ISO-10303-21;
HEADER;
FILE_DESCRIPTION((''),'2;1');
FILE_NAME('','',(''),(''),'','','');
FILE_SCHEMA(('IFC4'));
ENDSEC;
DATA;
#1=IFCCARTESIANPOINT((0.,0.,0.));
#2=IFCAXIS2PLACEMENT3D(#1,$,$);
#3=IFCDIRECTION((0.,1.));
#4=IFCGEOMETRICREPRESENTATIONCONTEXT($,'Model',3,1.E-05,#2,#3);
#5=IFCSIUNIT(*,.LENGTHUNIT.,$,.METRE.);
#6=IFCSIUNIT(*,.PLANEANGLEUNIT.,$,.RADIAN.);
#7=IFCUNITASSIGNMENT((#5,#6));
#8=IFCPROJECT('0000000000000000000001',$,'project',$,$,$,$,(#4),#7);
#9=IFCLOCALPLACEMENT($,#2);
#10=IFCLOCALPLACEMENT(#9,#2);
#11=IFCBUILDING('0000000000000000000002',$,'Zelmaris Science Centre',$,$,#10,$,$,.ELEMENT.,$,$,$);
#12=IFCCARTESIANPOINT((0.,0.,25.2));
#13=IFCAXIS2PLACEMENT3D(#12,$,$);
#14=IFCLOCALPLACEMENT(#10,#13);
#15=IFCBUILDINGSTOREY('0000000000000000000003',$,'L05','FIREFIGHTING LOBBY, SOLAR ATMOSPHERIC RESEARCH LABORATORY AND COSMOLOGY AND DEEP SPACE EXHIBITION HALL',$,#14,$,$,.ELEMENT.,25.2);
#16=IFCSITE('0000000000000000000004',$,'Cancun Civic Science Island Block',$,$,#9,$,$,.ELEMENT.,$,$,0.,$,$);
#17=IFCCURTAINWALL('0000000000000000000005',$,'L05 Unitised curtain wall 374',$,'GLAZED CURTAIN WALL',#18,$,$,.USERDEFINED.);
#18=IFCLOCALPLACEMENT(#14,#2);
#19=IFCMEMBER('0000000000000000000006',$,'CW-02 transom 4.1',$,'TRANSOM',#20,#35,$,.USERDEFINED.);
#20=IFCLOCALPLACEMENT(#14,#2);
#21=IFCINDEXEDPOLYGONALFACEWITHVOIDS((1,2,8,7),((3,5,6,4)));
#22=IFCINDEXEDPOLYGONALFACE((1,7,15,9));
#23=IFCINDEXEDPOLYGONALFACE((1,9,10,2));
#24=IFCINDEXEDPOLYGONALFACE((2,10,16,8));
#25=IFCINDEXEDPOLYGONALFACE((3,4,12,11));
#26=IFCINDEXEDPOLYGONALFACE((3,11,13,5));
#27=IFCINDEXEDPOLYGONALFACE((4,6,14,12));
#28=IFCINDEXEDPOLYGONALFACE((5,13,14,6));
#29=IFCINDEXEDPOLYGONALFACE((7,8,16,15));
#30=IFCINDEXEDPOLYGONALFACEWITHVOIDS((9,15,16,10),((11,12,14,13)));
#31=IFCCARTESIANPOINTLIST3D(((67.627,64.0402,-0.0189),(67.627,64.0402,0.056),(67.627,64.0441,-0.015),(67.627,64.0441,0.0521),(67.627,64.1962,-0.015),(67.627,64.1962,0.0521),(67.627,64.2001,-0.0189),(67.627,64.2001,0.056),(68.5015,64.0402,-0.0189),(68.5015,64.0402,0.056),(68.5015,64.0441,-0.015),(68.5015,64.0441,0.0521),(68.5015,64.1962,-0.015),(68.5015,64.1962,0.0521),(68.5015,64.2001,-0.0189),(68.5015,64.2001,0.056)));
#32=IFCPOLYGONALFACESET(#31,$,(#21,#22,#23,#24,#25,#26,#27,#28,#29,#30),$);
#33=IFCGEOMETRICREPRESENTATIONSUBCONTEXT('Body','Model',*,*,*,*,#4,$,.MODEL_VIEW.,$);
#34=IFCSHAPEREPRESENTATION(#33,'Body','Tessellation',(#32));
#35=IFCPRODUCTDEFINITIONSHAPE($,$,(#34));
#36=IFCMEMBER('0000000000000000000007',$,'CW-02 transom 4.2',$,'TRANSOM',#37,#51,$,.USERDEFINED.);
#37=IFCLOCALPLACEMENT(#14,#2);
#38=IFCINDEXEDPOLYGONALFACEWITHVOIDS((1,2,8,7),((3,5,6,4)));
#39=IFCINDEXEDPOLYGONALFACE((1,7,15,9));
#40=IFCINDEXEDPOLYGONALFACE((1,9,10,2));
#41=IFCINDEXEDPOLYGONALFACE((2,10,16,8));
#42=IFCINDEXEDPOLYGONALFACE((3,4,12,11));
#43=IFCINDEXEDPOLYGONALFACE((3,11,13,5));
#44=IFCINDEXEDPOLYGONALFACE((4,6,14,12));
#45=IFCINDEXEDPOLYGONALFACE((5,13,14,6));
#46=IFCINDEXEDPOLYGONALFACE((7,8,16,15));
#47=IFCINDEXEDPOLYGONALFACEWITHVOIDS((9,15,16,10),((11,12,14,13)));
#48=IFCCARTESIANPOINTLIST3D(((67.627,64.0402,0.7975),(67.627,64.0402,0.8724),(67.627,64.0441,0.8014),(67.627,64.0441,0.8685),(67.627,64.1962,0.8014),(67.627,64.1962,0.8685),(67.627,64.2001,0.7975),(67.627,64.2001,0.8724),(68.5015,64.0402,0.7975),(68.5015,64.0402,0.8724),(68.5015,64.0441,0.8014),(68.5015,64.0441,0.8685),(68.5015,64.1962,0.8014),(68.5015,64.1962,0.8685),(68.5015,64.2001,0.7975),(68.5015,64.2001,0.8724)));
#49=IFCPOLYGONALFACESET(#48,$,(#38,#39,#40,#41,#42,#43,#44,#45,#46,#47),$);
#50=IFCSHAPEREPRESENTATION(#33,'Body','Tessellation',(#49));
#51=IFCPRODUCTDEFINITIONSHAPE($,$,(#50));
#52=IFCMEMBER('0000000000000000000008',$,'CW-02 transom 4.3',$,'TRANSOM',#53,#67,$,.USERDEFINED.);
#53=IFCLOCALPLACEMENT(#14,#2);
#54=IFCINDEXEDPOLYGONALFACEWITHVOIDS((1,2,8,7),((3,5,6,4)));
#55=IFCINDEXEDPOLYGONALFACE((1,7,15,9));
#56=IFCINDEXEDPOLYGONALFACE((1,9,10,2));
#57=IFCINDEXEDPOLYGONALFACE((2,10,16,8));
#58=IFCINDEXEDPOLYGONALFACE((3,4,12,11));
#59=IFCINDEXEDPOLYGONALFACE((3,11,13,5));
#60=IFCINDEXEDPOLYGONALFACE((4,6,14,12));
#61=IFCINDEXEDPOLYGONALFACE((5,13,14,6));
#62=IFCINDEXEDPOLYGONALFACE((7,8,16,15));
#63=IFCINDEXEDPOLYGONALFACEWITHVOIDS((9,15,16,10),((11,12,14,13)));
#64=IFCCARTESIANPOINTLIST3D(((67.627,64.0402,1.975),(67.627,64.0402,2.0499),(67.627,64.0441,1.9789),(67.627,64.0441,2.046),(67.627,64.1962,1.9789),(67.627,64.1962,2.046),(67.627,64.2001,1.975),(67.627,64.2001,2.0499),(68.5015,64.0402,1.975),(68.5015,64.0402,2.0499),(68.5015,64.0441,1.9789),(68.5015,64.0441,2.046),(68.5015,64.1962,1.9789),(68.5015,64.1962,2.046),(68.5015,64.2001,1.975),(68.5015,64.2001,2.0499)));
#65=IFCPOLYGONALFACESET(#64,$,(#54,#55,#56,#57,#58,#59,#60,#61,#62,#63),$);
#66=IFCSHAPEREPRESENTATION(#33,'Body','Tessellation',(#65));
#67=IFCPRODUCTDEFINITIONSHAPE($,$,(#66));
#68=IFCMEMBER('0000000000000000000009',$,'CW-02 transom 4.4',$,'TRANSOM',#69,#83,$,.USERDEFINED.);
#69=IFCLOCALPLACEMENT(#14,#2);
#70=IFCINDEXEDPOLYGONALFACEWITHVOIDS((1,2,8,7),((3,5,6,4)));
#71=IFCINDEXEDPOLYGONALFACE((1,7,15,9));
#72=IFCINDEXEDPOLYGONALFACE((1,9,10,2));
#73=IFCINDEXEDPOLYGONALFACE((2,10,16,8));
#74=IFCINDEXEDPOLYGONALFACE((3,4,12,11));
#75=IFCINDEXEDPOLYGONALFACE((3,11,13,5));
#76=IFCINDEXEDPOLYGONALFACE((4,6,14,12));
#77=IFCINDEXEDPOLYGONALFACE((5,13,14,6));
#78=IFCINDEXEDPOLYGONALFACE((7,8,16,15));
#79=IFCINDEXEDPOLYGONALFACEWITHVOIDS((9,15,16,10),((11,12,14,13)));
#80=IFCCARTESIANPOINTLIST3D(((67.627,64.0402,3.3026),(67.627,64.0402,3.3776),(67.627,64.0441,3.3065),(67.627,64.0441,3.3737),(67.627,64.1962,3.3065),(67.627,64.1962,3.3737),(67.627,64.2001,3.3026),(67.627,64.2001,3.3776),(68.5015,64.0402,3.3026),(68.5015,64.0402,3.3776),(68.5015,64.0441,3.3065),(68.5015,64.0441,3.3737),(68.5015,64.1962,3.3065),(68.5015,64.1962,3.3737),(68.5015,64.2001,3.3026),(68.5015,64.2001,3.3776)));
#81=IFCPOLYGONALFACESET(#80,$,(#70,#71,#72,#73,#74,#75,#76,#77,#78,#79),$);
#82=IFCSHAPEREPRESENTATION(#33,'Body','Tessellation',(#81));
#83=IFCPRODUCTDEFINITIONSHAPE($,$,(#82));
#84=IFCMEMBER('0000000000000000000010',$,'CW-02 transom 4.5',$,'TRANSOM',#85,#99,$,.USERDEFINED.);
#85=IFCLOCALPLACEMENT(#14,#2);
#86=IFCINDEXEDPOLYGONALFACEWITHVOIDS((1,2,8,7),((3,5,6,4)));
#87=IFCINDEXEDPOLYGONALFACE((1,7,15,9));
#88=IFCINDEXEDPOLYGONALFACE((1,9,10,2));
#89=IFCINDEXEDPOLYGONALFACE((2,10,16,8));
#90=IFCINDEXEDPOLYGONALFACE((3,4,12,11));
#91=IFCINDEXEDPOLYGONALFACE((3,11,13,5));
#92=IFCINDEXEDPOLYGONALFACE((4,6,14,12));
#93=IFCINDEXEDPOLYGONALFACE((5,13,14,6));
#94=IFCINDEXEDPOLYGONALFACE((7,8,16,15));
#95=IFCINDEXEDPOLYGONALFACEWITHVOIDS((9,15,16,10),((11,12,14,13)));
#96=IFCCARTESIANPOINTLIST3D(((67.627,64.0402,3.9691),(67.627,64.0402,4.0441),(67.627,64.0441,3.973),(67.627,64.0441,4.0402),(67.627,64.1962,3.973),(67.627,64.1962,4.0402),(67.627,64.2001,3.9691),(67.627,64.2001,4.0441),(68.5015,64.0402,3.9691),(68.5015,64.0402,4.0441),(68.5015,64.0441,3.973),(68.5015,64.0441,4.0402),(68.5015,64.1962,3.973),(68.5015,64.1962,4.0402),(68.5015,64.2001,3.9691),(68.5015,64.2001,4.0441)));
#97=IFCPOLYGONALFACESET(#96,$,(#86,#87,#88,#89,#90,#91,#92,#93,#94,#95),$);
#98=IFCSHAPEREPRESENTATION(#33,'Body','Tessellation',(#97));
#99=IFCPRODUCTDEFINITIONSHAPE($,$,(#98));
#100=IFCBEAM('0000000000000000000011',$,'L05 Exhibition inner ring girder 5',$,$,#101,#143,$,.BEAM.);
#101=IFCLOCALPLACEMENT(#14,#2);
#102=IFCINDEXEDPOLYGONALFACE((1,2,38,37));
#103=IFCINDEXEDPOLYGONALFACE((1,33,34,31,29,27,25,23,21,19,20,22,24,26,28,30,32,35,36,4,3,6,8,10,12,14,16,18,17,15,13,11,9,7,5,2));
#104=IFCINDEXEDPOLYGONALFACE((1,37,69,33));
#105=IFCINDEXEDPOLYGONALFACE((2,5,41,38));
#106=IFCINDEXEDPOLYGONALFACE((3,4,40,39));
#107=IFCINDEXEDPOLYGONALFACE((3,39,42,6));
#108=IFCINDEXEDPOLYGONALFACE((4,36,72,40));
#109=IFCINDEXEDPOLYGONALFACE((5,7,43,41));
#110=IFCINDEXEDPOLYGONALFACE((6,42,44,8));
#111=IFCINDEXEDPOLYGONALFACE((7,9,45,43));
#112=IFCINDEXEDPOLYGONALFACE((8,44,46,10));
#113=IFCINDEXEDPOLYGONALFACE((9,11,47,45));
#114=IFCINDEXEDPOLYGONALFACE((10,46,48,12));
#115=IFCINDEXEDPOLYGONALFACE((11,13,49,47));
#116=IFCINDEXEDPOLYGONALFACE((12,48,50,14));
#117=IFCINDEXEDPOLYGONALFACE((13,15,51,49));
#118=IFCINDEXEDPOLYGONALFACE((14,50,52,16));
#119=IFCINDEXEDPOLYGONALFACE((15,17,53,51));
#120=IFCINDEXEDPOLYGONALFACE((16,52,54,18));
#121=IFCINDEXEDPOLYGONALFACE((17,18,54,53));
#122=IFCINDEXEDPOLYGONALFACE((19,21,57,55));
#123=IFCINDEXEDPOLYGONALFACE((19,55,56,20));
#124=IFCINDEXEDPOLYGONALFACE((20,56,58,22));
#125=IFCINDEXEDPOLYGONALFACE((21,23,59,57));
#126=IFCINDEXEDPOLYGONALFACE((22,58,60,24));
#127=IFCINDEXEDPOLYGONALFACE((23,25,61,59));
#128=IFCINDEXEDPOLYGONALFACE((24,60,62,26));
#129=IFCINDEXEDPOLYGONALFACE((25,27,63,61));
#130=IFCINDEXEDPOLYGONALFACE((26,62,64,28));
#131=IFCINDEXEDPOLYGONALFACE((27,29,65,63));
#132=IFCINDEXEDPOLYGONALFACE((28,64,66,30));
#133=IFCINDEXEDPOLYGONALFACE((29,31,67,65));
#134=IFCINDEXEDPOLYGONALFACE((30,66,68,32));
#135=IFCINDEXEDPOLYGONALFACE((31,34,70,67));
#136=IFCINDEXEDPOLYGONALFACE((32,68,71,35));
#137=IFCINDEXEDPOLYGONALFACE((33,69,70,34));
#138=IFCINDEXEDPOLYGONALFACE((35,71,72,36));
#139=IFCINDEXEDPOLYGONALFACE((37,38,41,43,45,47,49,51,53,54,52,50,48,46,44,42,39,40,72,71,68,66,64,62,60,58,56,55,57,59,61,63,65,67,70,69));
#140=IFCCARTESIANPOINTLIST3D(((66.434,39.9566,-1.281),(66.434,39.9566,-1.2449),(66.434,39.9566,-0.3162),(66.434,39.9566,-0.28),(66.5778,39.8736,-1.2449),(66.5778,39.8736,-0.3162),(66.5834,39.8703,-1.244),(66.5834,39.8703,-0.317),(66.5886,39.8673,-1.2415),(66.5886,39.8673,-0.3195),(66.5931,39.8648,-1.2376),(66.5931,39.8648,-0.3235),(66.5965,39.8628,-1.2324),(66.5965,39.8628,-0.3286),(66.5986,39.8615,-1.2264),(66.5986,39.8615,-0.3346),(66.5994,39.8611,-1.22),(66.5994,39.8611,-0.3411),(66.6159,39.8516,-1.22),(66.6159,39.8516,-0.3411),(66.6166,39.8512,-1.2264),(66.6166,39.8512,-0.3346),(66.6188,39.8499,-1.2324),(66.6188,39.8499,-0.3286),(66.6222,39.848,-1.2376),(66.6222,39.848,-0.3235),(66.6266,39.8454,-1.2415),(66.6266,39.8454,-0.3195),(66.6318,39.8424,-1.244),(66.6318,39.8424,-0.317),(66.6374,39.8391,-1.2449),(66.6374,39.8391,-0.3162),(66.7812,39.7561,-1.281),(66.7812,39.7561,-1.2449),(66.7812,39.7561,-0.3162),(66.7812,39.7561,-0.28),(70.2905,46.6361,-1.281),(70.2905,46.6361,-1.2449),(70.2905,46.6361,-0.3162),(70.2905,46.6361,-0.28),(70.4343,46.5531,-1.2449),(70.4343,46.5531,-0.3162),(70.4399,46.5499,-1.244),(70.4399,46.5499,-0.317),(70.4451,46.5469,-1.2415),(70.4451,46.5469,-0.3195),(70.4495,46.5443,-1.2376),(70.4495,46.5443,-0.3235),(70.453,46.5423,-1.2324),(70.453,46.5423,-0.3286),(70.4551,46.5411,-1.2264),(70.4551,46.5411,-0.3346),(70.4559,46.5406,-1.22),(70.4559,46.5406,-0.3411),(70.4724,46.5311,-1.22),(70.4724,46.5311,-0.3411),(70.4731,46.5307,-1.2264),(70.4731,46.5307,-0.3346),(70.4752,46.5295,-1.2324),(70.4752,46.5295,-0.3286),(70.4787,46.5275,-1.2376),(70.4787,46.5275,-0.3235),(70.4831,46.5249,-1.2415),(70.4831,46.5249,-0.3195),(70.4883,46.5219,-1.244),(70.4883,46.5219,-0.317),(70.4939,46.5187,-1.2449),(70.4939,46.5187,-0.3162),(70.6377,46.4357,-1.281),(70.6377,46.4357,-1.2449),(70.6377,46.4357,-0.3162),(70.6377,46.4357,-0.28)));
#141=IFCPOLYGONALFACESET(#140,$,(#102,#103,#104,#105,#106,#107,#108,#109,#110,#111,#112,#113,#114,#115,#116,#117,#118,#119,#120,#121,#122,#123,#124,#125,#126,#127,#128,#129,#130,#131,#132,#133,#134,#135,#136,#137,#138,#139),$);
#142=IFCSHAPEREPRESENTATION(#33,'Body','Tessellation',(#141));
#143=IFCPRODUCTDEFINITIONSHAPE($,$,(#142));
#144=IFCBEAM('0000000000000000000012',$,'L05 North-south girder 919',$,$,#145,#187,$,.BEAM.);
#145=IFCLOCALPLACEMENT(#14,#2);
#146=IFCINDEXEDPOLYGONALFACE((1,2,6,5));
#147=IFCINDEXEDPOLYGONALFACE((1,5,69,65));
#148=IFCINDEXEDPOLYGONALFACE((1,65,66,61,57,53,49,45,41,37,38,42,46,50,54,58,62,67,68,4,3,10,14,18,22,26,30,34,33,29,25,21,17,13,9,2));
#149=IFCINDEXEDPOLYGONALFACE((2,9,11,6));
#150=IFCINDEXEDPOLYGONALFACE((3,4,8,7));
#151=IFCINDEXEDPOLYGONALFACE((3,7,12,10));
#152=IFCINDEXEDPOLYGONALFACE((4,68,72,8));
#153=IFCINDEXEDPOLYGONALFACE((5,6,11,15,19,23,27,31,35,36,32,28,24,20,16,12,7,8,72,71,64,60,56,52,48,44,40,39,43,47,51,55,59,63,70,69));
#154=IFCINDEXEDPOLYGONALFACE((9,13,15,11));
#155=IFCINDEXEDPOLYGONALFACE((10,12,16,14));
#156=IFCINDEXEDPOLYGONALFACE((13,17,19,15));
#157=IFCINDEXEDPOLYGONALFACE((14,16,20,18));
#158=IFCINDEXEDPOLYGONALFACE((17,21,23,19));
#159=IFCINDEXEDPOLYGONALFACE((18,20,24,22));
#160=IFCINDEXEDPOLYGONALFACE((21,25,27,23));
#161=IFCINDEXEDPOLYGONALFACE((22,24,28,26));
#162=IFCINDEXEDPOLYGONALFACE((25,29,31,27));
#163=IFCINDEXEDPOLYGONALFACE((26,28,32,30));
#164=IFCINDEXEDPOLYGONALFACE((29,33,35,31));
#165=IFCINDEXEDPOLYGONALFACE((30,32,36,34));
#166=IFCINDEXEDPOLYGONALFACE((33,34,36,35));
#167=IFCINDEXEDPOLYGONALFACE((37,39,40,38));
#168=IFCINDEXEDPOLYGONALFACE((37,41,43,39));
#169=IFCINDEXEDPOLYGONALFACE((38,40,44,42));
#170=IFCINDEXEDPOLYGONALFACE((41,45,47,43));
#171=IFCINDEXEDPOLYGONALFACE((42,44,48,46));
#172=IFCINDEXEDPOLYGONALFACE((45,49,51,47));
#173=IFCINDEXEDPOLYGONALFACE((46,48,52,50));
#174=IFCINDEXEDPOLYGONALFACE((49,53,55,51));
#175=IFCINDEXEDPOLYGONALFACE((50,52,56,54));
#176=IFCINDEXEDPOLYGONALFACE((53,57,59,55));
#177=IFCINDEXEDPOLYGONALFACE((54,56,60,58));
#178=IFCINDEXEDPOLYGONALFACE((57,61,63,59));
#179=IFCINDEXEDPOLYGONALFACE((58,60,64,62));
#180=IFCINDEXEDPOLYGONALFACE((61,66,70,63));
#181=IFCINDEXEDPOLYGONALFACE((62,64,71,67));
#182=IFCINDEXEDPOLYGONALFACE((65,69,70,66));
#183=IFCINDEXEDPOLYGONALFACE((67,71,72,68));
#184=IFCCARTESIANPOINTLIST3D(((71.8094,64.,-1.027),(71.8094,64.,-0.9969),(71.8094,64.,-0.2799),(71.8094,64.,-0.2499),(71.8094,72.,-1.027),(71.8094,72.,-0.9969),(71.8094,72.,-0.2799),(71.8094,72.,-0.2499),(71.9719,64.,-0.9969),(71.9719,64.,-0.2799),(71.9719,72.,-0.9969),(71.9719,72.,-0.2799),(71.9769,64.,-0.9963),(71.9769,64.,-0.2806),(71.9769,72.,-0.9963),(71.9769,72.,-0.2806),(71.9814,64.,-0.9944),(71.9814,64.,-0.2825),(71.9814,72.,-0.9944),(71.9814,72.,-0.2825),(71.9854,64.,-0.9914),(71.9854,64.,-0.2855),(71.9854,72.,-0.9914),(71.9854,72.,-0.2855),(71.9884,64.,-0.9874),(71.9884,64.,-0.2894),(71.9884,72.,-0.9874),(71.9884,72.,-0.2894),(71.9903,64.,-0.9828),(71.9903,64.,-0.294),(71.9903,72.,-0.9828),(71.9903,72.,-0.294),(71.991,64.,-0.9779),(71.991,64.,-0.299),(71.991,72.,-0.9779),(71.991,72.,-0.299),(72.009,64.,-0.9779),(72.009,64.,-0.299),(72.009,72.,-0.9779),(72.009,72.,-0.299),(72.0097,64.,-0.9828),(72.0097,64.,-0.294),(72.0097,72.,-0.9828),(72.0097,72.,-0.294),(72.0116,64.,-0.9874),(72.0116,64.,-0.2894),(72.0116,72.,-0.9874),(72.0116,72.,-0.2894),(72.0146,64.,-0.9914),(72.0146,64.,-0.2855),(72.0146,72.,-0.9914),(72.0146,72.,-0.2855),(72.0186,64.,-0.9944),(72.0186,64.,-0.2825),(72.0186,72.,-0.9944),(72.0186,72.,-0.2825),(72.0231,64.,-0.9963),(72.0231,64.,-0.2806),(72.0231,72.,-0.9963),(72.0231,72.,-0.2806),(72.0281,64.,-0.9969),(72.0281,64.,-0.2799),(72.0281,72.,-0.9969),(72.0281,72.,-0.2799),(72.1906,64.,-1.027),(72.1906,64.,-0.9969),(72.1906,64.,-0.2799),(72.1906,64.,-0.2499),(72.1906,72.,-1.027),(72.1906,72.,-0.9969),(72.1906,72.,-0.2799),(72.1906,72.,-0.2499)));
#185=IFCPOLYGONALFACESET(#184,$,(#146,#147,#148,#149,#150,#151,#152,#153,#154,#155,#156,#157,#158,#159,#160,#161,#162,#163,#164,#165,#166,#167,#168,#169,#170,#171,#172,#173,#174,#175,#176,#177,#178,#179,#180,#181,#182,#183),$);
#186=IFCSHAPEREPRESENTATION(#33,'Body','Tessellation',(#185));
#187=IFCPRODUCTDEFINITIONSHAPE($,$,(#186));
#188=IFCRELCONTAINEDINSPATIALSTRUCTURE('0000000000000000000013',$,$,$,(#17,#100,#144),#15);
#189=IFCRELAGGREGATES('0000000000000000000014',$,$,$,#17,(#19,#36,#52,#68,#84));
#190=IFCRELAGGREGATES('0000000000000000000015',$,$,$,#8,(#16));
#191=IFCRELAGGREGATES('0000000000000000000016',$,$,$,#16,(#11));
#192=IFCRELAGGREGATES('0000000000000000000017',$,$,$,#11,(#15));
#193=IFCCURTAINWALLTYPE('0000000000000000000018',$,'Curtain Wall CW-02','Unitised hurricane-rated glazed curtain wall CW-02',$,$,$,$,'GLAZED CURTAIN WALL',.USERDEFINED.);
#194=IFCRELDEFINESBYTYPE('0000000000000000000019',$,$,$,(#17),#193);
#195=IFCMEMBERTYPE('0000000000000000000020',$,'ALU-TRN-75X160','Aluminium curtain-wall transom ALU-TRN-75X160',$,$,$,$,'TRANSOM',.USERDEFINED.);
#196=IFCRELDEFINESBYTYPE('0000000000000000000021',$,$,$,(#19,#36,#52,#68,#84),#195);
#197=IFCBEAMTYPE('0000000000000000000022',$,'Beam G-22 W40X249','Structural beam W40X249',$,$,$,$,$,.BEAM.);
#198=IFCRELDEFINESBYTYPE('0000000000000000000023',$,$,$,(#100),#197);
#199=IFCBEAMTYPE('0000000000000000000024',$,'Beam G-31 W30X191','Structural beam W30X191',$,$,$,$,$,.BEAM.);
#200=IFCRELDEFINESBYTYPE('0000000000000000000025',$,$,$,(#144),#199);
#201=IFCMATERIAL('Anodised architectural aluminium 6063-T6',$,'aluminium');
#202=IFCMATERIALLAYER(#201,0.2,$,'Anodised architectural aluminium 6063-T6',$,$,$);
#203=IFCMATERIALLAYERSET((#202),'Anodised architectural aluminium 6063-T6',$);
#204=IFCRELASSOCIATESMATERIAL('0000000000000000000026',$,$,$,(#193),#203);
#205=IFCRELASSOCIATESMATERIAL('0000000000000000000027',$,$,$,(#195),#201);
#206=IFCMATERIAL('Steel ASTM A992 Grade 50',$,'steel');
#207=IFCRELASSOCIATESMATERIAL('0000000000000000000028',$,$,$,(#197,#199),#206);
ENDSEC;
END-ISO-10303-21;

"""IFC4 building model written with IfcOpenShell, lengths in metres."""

from ifc_helpers import new_model, si_unit, direction, frame, origin, origin_2d, place, context, subcontext, project, spatial, hollow_rectangle, i_section, extrude, material, layer, layer_set, material_profile, profile_set, type_object, element, aggregate, save


model = new_model("IFC4")

# Units and contexts
model_context = context("Model", 3, precision=1e-05, world=origin(), true_north=direction((0.0, 1.0)))
body_context = subcontext(model_context, "Body", "Model", "MODEL_VIEW")
ifc_project = project(units=[si_unit("LENGTHUNIT", "METRE"), si_unit("PLANEANGLEUNIT", "RADIAN")], contexts=[model_context])

# Site, building, storey
site_placement = place(None, origin())
site = spatial("IfcSite", under=ifc_project, at=site_placement, Name="Cancun Civic Science Island Block", CompositionType="ELEMENT", RefElevation=0.0)
building_placement = place(site_placement, origin())
building = spatial("IfcBuilding", under=site, at=building_placement, Name="Zelmaris Science Centre", CompositionType="ELEMENT")
storey_placement = place(building_placement, frame((0.0, 0.0, 25.2)))
storey = spatial("IfcBuildingStorey", under=building, at=storey_placement, Name="L05", Description="FIREFIGHTING LOBBY, SOLAR ATMOSPHERIC RESEARCH LABORATORY AND COSMOLOGY AND DEEP SPACE EXHIBITION HALL", CompositionType="ELEMENT", Elevation=25.2)

# Shared definitions
ifc_material_1 = material(Name="Steel ASTM A992 Grade 50", Category="steel")

# Curtain wall, members
ifc_material_2 = material(Name="Anodised architectural aluminium 6063-T6", Category="aluminium")
ifc_layer_1 = layer(ifc_material_2, 0.2, Name="Anodised architectural aluminium 6063-T6")
ifc_layer_set_1 = layer_set([ifc_layer_1], Name="Anodised architectural aluminium 6063-T6")
curtain_wall_type = type_object("IfcCurtainWallType", Name="Curtain Wall CW-02", Description="Unitised hurricane-rated glazed curtain wall CW-02", ElementType="GLAZED CURTAIN WALL", PredefinedType="USERDEFINED", material=ifc_layer_set_1)
curtain_wall_placement = place(storey_placement, origin())
curtain_wall = element("IfcCurtainWall", 1, at=curtain_wall_placement, inside=storey, type_object=curtain_wall_type, Name="L05 Unitised curtain wall 374", ObjectType="GLAZED CURTAIN WALL", PredefinedType="USERDEFINED")
ifc_material_profile_1 = material_profile(ifc_material_2, hollow_rectangle(XDim=0.075, YDim=0.1599, WallThickness=0.0039, at=origin_2d()), Name="ALU-TRN-75X160")
ifc_profile_set_1 = profile_set([ifc_material_profile_1], Name="Anodised architectural aluminium 6063-T6")
member_type_1 = type_object("IfcMemberType", Name="ALU-TRN-75X160", Description="Aluminium curtain-wall transom ALU-TRN-75X160", ElementType="TRANSOM", PredefinedType="USERDEFINED", material=ifc_profile_set_1)
member_1_placement = place(storey_placement, frame((68.5015, 64.1201, 0.0186), z_axis=(-1.0, 0.0, 0.0), x_axis=(0.0, 0.0, 1.0)))
member_1 = element("IfcMember", 2, at=member_1_placement, type_object=member_type_1, Name="CW-02 transom 4.1", ObjectType="TRANSOM", PredefinedType="USERDEFINED", context=body_context, shape_type="SweptSolid", body=[
    extrude(hollow_rectangle(XDim=0.075, YDim=0.1599, WallThickness=0.0039, at=origin_2d()), origin(), (0.0, 0.0, 1.0), 0.8745),
])
member_2_placement = place(storey_placement, frame((68.5015, 64.1201, 0.835), z_axis=(-1.0, 0.0, 0.0), x_axis=(0.0, 0.0, 1.0)))
member_2 = element("IfcMember", 3, at=member_2_placement, type_object=member_type_1, Name="CW-02 transom 4.2", ObjectType="TRANSOM", PredefinedType="USERDEFINED", context=body_context, shape_type="SweptSolid", body=[
    extrude(hollow_rectangle(XDim=0.075, YDim=0.1599, WallThickness=0.0039, at=origin_2d()), origin(), (0.0, 0.0, 1.0), 0.8745),
])
member_3_placement = place(storey_placement, frame((68.5015, 64.1201, 2.0125), z_axis=(-1.0, 0.0, 0.0), x_axis=(0.0, 0.0, 1.0)))
member_3 = element("IfcMember", 4, at=member_3_placement, type_object=member_type_1, Name="CW-02 transom 4.3", ObjectType="TRANSOM", PredefinedType="USERDEFINED", context=body_context, shape_type="SweptSolid", body=[
    extrude(hollow_rectangle(XDim=0.075, YDim=0.1599, WallThickness=0.0039, at=origin_2d()), origin(), (0.0, 0.0, 1.0), 0.8745),
])
member_4_placement = place(storey_placement, frame((68.5015, 64.1201, 3.3401), z_axis=(-1.0, 0.0, 0.0), x_axis=(0.0, 0.0, 1.0)))
member_4 = element("IfcMember", 5, at=member_4_placement, type_object=member_type_1, Name="CW-02 transom 4.4", ObjectType="TRANSOM", PredefinedType="USERDEFINED", context=body_context, shape_type="SweptSolid", body=[
    extrude(hollow_rectangle(XDim=0.075, YDim=0.1599, WallThickness=0.0039, at=origin_2d()), origin(), (0.0, 0.0, 1.0), 0.8745),
])
member_5_placement = place(storey_placement, frame((68.5015, 64.1201, 4.0066), z_axis=(-1.0, 0.0, 0.0), x_axis=(0.0, 0.0, 1.0)))
member_5 = element("IfcMember", 6, at=member_5_placement, type_object=member_type_1, Name="CW-02 transom 4.5", ObjectType="TRANSOM", PredefinedType="USERDEFINED", context=body_context, shape_type="SweptSolid", body=[
    extrude(hollow_rectangle(XDim=0.075, YDim=0.1599, WallThickness=0.0039, at=origin_2d()), origin(), (0.0, 0.0, 1.0), 0.8745),
])

# Beams
ifc_material_profile_2 = material_profile(ifc_material_1, i_section(OverallWidth=0.4009, OverallDepth=1.001, WebThickness=0.019, FlangeThickness=0.0361, FilletRadius=0.0249, at=origin_2d()), Name="W40X249")
ifc_profile_set_2 = profile_set([ifc_material_profile_2], Name="Steel ASTM A992 Grade 50")
beam_type_1 = type_object("IfcBeamType", Name="Beam G-22 W40X249", Description="Structural beam W40X249", PredefinedType="BEAM", material=ifc_profile_set_2)
beam_1_placement = place(storey_placement, frame((70.4641, 46.5359, -0.7805), z_axis=(-0.500007, -0.866022, 0.0), x_axis=(0.866022, -0.500007, 0.0)))
element("IfcBeam", 7, at=beam_1_placement, inside=storey, type_object=beam_type_1, Name="L05 Exhibition inner ring girder 5", PredefinedType="BEAM", context=body_context, shape_type="SweptSolid", body=[
    extrude(i_section(OverallWidth=0.4009, OverallDepth=1.001, WebThickness=0.019, FlangeThickness=0.0361, FilletRadius=0.0249, at=origin_2d()), origin(), (0.0, 0.0, 1.0), 7.7129),
])
ifc_material_profile_3 = material_profile(ifc_material_1, i_section(OverallWidth=0.3811, OverallDepth=0.7771, WebThickness=0.0181, FlangeThickness=0.03, FilletRadius=0.019, at=origin_2d()), Name="W30X191")
ifc_profile_set_3 = profile_set([ifc_material_profile_3], Name="Steel ASTM A992 Grade 50")
beam_type_2 = type_object("IfcBeamType", Name="Beam G-31 W30X191", Description="Structural beam W30X191", PredefinedType="BEAM", material=ifc_profile_set_3)
beam_2_placement = place(storey_placement, frame((72.0, 64.0, -0.6384), z_axis=(0.0, 1.0, 0.0), x_axis=(-1.0, 0.0, 0.0)))
element("IfcBeam", 8, at=beam_2_placement, inside=storey, type_object=beam_type_2, Name="L05 North-south girder 919", PredefinedType="BEAM", context=body_context, shape_type="SweptSolid", body=[
    extrude(i_section(OverallWidth=0.3811, OverallDepth=0.7771, WebThickness=0.0181, FlangeThickness=0.03, FilletRadius=0.019, at=origin_2d()), origin(), (0.0, 0.0, 1.0), 8.0),
])

aggregate(curtain_wall, [member_1, member_2, member_3, member_4, member_5])

save(model, "model.ifc")
